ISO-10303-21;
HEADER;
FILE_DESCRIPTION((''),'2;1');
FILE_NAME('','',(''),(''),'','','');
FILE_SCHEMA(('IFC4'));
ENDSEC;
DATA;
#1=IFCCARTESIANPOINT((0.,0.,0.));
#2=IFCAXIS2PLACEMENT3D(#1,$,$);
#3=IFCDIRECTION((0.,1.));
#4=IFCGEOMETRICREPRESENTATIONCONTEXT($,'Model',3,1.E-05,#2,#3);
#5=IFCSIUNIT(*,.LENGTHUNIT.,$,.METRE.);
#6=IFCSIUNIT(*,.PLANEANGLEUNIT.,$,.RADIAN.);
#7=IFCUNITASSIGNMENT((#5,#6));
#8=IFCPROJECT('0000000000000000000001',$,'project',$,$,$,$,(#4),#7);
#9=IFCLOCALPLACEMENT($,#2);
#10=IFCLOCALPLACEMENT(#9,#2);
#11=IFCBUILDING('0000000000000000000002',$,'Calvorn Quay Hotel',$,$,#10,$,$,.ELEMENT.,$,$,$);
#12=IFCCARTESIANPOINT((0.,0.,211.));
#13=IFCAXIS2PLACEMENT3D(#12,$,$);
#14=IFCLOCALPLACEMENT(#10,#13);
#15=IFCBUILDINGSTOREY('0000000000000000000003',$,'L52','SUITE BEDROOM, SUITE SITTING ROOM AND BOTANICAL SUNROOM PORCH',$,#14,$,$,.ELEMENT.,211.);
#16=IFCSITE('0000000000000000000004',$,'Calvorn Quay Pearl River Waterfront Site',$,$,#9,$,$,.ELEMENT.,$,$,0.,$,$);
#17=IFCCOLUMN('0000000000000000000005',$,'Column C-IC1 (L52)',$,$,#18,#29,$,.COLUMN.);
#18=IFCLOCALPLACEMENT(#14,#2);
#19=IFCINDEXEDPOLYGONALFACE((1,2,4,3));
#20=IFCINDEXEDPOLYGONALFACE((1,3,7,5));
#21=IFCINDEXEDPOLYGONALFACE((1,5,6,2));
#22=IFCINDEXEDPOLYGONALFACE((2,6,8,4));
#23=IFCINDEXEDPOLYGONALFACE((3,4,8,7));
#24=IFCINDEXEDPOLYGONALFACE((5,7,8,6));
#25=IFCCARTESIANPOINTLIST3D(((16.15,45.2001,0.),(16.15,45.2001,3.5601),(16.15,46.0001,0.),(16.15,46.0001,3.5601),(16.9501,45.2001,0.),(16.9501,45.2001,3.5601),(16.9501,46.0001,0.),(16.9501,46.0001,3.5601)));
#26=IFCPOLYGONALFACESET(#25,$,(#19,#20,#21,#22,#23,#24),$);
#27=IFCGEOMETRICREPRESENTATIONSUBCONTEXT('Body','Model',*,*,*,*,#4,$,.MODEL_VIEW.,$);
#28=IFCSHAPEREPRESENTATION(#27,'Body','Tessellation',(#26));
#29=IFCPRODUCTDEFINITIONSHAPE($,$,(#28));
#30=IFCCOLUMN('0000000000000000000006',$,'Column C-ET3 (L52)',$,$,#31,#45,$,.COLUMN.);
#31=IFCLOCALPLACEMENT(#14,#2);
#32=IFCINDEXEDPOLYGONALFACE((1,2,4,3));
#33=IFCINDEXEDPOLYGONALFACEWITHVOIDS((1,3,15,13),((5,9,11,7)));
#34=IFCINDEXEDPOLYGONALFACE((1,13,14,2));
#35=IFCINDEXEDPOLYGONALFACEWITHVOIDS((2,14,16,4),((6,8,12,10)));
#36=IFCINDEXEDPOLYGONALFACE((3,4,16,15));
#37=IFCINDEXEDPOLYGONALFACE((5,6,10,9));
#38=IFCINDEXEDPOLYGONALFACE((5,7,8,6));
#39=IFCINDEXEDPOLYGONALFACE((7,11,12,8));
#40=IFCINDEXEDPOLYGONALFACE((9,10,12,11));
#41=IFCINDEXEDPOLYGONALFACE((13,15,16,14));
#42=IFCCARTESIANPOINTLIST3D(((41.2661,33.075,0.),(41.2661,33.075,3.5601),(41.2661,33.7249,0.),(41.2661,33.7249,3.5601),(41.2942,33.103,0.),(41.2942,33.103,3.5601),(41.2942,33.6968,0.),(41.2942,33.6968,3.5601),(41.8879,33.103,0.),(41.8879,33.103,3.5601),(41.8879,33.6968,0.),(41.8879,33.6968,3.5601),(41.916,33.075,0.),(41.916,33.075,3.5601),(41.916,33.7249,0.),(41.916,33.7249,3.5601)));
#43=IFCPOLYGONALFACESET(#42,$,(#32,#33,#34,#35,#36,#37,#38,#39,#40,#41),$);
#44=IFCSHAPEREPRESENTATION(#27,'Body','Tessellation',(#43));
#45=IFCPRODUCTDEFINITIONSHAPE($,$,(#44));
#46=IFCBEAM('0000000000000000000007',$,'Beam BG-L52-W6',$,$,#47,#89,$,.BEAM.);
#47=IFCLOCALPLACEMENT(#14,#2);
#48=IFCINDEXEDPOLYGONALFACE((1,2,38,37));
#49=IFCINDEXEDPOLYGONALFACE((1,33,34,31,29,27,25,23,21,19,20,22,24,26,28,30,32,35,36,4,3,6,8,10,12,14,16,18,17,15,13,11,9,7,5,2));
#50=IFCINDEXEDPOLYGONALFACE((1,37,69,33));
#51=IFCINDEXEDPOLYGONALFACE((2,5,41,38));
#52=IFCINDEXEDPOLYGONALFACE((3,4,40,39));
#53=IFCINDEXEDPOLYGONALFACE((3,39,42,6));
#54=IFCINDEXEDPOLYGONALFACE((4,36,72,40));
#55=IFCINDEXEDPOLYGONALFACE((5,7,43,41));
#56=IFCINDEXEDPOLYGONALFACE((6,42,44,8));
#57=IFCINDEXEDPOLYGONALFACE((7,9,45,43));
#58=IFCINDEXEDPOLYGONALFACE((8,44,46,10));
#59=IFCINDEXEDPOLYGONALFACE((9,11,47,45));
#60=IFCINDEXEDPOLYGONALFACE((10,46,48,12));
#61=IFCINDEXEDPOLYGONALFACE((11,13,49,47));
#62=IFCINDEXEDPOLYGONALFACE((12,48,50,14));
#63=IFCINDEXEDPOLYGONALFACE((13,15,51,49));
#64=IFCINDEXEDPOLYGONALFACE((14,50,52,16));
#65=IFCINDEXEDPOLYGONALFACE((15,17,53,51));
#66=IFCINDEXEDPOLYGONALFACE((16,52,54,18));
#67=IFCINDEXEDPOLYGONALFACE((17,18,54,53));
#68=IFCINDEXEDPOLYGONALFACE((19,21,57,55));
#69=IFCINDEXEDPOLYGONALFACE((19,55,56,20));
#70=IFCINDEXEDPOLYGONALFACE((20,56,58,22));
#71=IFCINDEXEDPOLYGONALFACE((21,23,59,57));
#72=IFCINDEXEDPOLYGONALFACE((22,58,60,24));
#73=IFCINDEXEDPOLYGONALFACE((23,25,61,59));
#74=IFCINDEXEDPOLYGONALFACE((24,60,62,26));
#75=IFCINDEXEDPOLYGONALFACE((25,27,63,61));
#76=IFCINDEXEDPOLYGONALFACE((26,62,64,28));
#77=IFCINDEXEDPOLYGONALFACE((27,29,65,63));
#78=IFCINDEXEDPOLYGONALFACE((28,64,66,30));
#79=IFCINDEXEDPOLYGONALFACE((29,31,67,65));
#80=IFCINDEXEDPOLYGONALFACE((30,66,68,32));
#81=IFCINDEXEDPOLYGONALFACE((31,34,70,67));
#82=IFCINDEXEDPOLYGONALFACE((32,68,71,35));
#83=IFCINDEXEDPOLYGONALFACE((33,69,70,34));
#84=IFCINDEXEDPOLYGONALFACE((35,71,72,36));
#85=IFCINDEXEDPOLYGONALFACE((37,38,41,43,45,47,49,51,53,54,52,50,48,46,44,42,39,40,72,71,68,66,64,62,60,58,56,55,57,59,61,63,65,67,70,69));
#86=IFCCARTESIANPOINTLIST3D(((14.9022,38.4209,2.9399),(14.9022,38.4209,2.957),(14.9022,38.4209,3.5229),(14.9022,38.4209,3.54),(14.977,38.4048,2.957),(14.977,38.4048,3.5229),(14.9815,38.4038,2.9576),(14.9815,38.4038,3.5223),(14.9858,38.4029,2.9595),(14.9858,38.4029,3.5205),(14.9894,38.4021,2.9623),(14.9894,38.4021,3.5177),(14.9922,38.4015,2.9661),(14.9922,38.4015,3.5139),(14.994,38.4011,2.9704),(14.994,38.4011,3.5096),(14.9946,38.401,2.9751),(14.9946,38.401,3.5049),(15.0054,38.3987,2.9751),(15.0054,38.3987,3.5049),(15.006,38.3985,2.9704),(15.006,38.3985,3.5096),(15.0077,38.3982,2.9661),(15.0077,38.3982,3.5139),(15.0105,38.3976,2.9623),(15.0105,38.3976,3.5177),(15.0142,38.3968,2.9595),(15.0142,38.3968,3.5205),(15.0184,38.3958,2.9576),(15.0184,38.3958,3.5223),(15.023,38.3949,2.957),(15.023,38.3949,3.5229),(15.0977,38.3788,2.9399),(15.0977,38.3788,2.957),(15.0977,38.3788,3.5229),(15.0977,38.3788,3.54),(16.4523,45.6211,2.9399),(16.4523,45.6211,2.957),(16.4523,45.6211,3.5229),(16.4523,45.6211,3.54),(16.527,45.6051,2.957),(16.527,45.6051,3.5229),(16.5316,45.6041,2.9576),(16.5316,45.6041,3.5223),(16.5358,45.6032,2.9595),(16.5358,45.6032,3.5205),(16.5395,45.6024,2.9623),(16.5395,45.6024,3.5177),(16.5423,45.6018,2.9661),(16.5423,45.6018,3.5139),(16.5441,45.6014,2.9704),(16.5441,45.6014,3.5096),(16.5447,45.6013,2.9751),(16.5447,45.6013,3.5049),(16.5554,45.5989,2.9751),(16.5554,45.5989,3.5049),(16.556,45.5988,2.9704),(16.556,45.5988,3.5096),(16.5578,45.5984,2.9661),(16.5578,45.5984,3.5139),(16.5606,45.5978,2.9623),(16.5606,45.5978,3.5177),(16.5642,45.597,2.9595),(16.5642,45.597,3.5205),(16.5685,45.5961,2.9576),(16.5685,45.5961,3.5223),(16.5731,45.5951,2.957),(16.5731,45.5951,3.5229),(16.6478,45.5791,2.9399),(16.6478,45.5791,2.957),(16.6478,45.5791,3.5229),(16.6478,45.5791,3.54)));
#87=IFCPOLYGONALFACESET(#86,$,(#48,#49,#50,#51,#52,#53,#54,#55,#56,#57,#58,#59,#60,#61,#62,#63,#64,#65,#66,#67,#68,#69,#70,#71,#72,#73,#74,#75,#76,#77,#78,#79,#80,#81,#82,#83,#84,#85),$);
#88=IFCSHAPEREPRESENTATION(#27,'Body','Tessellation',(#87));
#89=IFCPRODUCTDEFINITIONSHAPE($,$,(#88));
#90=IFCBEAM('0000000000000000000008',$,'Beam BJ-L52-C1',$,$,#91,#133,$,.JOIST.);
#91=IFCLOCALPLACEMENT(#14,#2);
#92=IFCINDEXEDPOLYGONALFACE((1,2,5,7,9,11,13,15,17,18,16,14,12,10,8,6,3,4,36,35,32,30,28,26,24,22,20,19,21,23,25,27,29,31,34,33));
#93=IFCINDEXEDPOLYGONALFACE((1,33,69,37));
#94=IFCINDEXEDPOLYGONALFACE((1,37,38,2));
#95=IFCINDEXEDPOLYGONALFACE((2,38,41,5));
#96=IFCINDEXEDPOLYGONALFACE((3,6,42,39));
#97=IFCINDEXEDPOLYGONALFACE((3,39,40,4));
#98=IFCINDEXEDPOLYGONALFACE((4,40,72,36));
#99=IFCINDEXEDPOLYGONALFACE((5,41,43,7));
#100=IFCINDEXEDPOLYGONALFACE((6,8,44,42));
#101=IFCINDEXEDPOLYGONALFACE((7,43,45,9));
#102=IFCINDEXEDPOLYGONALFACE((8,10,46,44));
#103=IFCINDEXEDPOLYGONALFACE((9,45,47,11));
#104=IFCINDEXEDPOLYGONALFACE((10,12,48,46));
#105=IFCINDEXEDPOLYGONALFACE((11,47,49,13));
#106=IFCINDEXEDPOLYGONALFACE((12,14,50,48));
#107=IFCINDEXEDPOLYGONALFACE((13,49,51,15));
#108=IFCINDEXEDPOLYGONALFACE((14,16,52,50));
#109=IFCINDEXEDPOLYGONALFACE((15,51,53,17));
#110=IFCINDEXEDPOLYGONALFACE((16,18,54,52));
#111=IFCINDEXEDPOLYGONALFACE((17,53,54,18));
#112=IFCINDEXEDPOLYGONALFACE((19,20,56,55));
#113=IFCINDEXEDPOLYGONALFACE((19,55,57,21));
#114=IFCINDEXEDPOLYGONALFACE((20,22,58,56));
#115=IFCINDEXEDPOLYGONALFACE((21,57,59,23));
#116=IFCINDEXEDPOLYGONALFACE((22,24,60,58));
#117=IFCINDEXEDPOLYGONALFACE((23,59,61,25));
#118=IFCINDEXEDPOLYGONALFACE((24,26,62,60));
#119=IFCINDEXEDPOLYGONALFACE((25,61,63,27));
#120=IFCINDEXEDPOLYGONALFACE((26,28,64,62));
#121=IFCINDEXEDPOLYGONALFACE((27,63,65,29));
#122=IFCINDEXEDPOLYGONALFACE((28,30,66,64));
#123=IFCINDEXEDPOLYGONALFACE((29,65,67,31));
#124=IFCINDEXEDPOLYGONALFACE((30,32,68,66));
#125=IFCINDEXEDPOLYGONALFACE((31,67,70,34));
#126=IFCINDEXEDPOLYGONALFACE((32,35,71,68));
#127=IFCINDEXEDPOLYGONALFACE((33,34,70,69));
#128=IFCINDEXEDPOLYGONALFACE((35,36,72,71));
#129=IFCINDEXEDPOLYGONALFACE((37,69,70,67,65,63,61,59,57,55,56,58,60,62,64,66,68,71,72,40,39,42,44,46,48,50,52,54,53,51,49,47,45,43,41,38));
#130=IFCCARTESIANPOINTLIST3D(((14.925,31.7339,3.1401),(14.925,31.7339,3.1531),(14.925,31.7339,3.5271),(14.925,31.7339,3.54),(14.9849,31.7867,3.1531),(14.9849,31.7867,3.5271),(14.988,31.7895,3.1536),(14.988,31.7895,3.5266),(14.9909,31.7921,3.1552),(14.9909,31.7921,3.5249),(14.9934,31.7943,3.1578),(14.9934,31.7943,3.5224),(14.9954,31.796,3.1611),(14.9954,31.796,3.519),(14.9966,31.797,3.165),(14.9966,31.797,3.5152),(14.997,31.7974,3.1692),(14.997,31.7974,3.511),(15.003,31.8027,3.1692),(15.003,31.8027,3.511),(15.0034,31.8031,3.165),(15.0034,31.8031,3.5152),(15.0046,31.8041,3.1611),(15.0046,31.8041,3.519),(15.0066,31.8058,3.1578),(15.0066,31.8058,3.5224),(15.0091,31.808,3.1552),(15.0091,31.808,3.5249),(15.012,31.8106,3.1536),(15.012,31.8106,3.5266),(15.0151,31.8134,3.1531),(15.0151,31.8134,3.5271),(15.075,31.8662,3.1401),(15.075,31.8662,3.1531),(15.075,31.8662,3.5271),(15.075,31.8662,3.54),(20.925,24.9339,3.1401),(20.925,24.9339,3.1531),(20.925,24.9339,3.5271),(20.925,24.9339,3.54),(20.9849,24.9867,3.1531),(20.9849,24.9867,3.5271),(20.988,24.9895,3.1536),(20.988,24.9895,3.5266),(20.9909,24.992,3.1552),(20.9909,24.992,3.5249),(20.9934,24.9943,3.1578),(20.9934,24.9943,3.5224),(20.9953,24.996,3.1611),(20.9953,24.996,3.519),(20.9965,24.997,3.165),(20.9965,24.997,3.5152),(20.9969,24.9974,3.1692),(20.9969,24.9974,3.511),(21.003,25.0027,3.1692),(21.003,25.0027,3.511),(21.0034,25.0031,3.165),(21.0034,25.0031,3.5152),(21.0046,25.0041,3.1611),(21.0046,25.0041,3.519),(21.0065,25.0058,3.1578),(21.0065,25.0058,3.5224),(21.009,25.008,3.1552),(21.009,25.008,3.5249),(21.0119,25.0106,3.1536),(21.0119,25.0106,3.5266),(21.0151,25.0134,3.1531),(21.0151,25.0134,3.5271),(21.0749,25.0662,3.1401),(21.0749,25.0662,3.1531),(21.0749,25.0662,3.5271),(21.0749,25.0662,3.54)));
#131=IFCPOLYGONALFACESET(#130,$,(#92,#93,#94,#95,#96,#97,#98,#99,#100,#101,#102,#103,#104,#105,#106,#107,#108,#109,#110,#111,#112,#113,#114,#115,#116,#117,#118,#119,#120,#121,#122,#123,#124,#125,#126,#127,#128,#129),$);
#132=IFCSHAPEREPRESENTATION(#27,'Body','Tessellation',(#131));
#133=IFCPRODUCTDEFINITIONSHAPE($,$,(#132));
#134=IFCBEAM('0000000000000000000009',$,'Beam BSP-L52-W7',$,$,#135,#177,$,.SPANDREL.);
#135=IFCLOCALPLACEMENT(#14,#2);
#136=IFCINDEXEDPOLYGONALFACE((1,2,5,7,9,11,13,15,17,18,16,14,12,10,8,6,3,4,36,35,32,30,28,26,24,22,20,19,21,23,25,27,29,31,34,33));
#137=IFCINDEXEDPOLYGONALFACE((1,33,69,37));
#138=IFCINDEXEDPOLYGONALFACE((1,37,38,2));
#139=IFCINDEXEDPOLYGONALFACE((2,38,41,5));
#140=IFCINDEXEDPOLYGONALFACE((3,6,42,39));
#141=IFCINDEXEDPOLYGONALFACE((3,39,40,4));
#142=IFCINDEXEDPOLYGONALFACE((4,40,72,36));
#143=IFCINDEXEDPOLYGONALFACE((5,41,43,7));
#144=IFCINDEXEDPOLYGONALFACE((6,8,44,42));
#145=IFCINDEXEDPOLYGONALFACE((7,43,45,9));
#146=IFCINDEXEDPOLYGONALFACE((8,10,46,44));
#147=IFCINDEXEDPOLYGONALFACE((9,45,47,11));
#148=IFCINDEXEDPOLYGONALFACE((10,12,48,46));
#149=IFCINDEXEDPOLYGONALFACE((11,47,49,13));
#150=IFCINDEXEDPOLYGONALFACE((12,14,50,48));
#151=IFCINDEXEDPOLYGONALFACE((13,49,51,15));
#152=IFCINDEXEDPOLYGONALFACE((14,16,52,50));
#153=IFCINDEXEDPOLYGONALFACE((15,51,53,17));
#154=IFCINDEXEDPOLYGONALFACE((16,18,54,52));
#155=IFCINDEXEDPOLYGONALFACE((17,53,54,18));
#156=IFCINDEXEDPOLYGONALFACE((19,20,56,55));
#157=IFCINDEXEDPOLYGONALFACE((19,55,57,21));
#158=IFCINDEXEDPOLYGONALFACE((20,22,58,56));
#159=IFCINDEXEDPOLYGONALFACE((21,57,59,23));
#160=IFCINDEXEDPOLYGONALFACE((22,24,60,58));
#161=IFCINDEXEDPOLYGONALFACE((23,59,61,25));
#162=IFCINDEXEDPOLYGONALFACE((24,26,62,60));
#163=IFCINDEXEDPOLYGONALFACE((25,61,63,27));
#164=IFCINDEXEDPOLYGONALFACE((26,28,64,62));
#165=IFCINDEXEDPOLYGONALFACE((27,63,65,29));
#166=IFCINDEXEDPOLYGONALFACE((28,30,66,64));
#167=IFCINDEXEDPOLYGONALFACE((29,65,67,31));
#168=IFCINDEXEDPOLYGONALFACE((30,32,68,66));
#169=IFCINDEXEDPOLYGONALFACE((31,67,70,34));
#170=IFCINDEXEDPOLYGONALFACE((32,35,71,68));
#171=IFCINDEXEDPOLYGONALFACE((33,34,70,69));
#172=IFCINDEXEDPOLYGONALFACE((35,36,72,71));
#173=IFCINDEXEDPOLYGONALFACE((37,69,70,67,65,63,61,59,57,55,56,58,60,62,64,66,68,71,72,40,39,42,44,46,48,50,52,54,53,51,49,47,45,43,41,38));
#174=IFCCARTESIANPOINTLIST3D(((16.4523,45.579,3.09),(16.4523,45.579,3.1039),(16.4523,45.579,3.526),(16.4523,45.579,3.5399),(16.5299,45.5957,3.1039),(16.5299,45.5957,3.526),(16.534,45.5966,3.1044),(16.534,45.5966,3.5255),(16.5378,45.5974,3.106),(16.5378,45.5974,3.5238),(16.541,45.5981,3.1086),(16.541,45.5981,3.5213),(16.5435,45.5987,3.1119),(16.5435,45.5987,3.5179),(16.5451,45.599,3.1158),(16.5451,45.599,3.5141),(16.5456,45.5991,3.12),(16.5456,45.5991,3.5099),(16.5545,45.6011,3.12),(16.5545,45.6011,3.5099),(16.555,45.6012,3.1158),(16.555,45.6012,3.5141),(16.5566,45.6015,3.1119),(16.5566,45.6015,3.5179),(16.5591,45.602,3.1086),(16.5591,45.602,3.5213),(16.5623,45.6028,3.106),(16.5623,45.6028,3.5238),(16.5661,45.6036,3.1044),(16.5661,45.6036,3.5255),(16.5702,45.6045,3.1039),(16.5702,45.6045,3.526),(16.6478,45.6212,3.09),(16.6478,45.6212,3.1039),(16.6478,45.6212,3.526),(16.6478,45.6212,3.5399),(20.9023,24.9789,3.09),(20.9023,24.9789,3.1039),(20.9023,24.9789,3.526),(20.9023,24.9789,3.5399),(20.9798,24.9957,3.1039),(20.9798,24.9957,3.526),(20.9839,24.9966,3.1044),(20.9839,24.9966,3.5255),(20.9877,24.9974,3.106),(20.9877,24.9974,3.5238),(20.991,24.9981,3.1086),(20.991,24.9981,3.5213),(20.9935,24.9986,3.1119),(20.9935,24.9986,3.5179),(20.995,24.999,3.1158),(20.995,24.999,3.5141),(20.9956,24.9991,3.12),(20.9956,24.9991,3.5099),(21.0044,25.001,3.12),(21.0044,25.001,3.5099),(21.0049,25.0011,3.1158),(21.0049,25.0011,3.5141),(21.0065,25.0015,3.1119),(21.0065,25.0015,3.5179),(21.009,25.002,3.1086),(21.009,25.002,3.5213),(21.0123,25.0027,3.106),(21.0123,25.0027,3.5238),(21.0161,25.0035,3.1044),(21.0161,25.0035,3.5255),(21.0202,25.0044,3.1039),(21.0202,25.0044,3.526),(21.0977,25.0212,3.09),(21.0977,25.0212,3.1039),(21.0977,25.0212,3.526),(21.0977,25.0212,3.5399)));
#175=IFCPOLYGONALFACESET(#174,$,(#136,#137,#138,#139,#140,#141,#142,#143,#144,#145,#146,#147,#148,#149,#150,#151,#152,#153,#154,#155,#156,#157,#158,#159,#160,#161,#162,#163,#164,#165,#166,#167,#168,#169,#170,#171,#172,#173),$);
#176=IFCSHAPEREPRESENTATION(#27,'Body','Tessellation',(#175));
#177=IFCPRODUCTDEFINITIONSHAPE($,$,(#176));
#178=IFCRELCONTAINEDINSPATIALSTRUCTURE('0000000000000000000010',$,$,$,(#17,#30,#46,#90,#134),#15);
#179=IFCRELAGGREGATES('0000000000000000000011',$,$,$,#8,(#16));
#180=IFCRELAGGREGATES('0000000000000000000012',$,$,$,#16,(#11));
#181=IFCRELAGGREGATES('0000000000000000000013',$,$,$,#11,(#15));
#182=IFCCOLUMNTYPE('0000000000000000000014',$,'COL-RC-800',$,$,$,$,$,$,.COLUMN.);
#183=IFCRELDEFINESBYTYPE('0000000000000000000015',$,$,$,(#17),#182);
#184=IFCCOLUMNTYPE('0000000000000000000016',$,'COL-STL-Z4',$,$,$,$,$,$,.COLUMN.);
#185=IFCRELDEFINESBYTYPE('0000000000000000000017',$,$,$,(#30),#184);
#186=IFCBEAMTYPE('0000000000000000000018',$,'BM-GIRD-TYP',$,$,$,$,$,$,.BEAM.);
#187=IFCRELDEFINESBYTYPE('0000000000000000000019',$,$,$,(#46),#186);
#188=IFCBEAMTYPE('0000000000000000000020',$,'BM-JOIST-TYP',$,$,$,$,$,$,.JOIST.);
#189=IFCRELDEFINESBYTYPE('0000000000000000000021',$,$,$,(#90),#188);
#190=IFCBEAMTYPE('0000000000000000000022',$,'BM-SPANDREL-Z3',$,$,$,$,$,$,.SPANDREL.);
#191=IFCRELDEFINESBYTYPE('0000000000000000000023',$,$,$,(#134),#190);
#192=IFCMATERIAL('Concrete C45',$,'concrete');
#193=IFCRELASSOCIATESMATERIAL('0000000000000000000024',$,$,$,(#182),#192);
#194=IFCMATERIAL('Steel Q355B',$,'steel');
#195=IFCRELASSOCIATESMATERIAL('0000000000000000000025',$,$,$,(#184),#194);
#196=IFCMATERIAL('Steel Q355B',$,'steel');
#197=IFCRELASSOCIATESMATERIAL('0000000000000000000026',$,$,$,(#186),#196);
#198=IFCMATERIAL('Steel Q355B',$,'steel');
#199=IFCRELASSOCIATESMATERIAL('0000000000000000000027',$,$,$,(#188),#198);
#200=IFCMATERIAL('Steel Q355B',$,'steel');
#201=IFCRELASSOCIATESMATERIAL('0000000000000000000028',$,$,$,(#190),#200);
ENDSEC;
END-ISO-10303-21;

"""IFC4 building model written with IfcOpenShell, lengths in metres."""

from ifc_helpers import new_model, si_unit, direction, frame, origin, origin_2d, place, context, subcontext, project, spatial, rectangle, hollow_rectangle, i_section, extrude, material, material_profile, profile_set, type_object, element, save


model = new_model("IFC4")

# Units and contexts
model_context = context("Model", 3, precision=1e-05, world=origin(), true_north=direction((0.0, 1.0)))
body_context = subcontext(model_context, "Body", "Model", "MODEL_VIEW")
ifc_project = project(units=[si_unit("LENGTHUNIT", "METRE"), si_unit("PLANEANGLEUNIT", "RADIAN")], contexts=[model_context])

# Site, building, storey
site_placement = place(None, origin())
site = spatial("IfcSite", under=ifc_project, at=site_placement, Name="Calvorn Quay Pearl River Waterfront Site", CompositionType="ELEMENT", RefElevation=0.0)
building_placement = place(site_placement, origin())
building = spatial("IfcBuilding", under=site, at=building_placement, Name="Calvorn Quay Hotel", CompositionType="ELEMENT")
storey_placement = place(building_placement, frame((0.0, 0.0, 211.0)))
storey = spatial("IfcBuildingStorey", under=building, at=storey_placement, Name="L52", Description="SUITE BEDROOM, SUITE SITTING ROOM AND BOTANICAL SUNROOM PORCH", CompositionType="ELEMENT", Elevation=211.0)

# Columns
ifc_material_1 = material(Name="Concrete C45", Category="concrete")
ifc_material_profile_1 = material_profile(ifc_material_1, rectangle(XDim=0.8, YDim=0.8, at=origin_2d()), Name="RC800x800")
ifc_profile_set_1 = profile_set([ifc_material_profile_1], Name="Concrete C45")
column_type_1 = type_object("IfcColumnType", Name="COL-RC-800", PredefinedType="COLUMN", material=ifc_profile_set_1)
column_1_placement = place(storey_placement, frame((16.55, 45.6001, 0.0), z_axis=(0.0, 0.0, 1.0), x_axis=(1.0, 0.0, 0.0)))
element("IfcColumn", 1, at=column_1_placement, inside=storey, type_object=column_type_1, Name="Column C-IC1 (L52)", PredefinedType="COLUMN", context=body_context, shape_type="SweptSolid", body=[
    extrude(rectangle(XDim=0.8, YDim=0.8, at=origin_2d()), origin(), (0.0, 0.0, 1.0), 3.5601),
])
ifc_material_2 = material(Name="Steel Q355B", Category="steel")
ifc_material_profile_2 = material_profile(ifc_material_2, hollow_rectangle(XDim=0.6499, YDim=0.6499, WallThickness=0.0281, at=origin_2d()), Name="BOX650x650x28")
ifc_profile_set_2 = profile_set([ifc_material_profile_2], Name="Steel Q355B")
column_type_2 = type_object("IfcColumnType", Name="COL-STL-Z4", PredefinedType="COLUMN", material=ifc_profile_set_2)
column_2_placement = place(storey_placement, frame((41.5911, 33.3999, 0.0), z_axis=(0.0, 0.0, 1.0), x_axis=(1.0, 0.0, 0.0)))
element("IfcColumn", 2, at=column_2_placement, inside=storey, type_object=column_type_2, Name="Column C-ET3 (L52)", PredefinedType="COLUMN", context=body_context, shape_type="SweptSolid", body=[
    extrude(hollow_rectangle(XDim=0.6499, YDim=0.6499, WallThickness=0.0281, at=origin_2d()), origin(), (0.0, 0.0, 1.0), 3.5601),
])

# Beams
ifc_material_3 = material(Name="Steel Q355B", Category="steel")
ifc_material_profile_3 = material_profile(ifc_material_3, i_section(OverallWidth=0.2, OverallDepth=0.6001, WebThickness=0.011, FlangeThickness=0.0171, FilletRadius=0.0181, at=origin_2d()), Name="HN600x200x11x17")
ifc_profile_set_3 = profile_set([ifc_material_profile_3], Name="Steel Q355B")
beam_type_1 = type_object("IfcBeamType", Name="BM-GIRD-TYP", PredefinedType="BEAM", material=ifc_profile_set_3)
beam_1_placement = place(storey_placement, frame((16.55, 45.6001, 3.24), z_axis=(-0.210457, -0.977603, 0.0), x_axis=(0.977603, -0.210457, 0.0)))
element("IfcBeam", 3, at=beam_1_placement, inside=storey, type_object=beam_type_1, Name="Beam BG-L52-W6", PredefinedType="BEAM", context=body_context, shape_type="SweptSolid", body=[
    extrude(i_section(OverallWidth=0.2, OverallDepth=0.6001, WebThickness=0.011, FlangeThickness=0.0171, FilletRadius=0.0181, at=origin_2d()), origin(), (0.0, 0.0, 1.0), 7.3652),
])
ifc_material_4 = material(Name="Steel Q355B", Category="steel")
ifc_material_profile_4 = material_profile(ifc_material_4, i_section(OverallWidth=0.2, OverallDepth=0.3999, WebThickness=0.0081, FlangeThickness=0.0129, FilletRadius=0.0161, at=origin_2d()), Name="HN400x200x8x13")
ifc_profile_set_4 = profile_set([ifc_material_profile_4], Name="Steel Q355B")
beam_type_2 = type_object("IfcBeamType", Name="BM-JOIST-TYP", PredefinedType="JOIST", material=ifc_profile_set_4)
beam_2_placement = place(storey_placement, frame((15.0, 31.8, 3.3401), z_axis=(0.661619, -0.74984, 0.0), x_axis=(0.74984, 0.661619, 0.0)))
element("IfcBeam", 4, at=beam_2_placement, inside=storey, type_object=beam_type_2, Name="Beam BJ-L52-C1", PredefinedType="JOIST", context=body_context, shape_type="SweptSolid", body=[
    extrude(i_section(OverallWidth=0.2, OverallDepth=0.3999, WebThickness=0.0081, FlangeThickness=0.0129, FilletRadius=0.0161, at=origin_2d()), origin(), (0.0, 0.0, 1.0), 9.0686),
])
ifc_material_5 = material(Name="Steel Q355B", Category="steel")
ifc_material_profile_5 = material_profile(ifc_material_5, i_section(OverallWidth=0.2, OverallDepth=0.45, WebThickness=0.009, FlangeThickness=0.0139, FilletRadius=0.0161, at=origin_2d()), Name="HN450x200x9x14")
ifc_profile_set_5 = profile_set([ifc_material_profile_5], Name="Steel Q355B")
beam_type_3 = type_object("IfcBeamType", Name="BM-SPANDREL-Z3", PredefinedType="SPANDREL", material=ifc_profile_set_5)
beam_3_placement = place(storey_placement, frame((16.55, 45.6001, 3.3149), z_axis=(0.211146, -0.977455, 0.0), x_axis=(0.977455, 0.211146, 0.0)))
element("IfcBeam", 5, at=beam_3_placement, inside=storey, type_object=beam_type_3, Name="Beam BSP-L52-W7", PredefinedType="SPANDREL", context=body_context, shape_type="SweptSolid", body=[
    extrude(i_section(OverallWidth=0.2, OverallDepth=0.45, WebThickness=0.009, FlangeThickness=0.0139, FilletRadius=0.0161, at=origin_2d()), origin(), (0.0, 0.0, 1.0), 21.0752),
])

save(model, "model.ifc")
